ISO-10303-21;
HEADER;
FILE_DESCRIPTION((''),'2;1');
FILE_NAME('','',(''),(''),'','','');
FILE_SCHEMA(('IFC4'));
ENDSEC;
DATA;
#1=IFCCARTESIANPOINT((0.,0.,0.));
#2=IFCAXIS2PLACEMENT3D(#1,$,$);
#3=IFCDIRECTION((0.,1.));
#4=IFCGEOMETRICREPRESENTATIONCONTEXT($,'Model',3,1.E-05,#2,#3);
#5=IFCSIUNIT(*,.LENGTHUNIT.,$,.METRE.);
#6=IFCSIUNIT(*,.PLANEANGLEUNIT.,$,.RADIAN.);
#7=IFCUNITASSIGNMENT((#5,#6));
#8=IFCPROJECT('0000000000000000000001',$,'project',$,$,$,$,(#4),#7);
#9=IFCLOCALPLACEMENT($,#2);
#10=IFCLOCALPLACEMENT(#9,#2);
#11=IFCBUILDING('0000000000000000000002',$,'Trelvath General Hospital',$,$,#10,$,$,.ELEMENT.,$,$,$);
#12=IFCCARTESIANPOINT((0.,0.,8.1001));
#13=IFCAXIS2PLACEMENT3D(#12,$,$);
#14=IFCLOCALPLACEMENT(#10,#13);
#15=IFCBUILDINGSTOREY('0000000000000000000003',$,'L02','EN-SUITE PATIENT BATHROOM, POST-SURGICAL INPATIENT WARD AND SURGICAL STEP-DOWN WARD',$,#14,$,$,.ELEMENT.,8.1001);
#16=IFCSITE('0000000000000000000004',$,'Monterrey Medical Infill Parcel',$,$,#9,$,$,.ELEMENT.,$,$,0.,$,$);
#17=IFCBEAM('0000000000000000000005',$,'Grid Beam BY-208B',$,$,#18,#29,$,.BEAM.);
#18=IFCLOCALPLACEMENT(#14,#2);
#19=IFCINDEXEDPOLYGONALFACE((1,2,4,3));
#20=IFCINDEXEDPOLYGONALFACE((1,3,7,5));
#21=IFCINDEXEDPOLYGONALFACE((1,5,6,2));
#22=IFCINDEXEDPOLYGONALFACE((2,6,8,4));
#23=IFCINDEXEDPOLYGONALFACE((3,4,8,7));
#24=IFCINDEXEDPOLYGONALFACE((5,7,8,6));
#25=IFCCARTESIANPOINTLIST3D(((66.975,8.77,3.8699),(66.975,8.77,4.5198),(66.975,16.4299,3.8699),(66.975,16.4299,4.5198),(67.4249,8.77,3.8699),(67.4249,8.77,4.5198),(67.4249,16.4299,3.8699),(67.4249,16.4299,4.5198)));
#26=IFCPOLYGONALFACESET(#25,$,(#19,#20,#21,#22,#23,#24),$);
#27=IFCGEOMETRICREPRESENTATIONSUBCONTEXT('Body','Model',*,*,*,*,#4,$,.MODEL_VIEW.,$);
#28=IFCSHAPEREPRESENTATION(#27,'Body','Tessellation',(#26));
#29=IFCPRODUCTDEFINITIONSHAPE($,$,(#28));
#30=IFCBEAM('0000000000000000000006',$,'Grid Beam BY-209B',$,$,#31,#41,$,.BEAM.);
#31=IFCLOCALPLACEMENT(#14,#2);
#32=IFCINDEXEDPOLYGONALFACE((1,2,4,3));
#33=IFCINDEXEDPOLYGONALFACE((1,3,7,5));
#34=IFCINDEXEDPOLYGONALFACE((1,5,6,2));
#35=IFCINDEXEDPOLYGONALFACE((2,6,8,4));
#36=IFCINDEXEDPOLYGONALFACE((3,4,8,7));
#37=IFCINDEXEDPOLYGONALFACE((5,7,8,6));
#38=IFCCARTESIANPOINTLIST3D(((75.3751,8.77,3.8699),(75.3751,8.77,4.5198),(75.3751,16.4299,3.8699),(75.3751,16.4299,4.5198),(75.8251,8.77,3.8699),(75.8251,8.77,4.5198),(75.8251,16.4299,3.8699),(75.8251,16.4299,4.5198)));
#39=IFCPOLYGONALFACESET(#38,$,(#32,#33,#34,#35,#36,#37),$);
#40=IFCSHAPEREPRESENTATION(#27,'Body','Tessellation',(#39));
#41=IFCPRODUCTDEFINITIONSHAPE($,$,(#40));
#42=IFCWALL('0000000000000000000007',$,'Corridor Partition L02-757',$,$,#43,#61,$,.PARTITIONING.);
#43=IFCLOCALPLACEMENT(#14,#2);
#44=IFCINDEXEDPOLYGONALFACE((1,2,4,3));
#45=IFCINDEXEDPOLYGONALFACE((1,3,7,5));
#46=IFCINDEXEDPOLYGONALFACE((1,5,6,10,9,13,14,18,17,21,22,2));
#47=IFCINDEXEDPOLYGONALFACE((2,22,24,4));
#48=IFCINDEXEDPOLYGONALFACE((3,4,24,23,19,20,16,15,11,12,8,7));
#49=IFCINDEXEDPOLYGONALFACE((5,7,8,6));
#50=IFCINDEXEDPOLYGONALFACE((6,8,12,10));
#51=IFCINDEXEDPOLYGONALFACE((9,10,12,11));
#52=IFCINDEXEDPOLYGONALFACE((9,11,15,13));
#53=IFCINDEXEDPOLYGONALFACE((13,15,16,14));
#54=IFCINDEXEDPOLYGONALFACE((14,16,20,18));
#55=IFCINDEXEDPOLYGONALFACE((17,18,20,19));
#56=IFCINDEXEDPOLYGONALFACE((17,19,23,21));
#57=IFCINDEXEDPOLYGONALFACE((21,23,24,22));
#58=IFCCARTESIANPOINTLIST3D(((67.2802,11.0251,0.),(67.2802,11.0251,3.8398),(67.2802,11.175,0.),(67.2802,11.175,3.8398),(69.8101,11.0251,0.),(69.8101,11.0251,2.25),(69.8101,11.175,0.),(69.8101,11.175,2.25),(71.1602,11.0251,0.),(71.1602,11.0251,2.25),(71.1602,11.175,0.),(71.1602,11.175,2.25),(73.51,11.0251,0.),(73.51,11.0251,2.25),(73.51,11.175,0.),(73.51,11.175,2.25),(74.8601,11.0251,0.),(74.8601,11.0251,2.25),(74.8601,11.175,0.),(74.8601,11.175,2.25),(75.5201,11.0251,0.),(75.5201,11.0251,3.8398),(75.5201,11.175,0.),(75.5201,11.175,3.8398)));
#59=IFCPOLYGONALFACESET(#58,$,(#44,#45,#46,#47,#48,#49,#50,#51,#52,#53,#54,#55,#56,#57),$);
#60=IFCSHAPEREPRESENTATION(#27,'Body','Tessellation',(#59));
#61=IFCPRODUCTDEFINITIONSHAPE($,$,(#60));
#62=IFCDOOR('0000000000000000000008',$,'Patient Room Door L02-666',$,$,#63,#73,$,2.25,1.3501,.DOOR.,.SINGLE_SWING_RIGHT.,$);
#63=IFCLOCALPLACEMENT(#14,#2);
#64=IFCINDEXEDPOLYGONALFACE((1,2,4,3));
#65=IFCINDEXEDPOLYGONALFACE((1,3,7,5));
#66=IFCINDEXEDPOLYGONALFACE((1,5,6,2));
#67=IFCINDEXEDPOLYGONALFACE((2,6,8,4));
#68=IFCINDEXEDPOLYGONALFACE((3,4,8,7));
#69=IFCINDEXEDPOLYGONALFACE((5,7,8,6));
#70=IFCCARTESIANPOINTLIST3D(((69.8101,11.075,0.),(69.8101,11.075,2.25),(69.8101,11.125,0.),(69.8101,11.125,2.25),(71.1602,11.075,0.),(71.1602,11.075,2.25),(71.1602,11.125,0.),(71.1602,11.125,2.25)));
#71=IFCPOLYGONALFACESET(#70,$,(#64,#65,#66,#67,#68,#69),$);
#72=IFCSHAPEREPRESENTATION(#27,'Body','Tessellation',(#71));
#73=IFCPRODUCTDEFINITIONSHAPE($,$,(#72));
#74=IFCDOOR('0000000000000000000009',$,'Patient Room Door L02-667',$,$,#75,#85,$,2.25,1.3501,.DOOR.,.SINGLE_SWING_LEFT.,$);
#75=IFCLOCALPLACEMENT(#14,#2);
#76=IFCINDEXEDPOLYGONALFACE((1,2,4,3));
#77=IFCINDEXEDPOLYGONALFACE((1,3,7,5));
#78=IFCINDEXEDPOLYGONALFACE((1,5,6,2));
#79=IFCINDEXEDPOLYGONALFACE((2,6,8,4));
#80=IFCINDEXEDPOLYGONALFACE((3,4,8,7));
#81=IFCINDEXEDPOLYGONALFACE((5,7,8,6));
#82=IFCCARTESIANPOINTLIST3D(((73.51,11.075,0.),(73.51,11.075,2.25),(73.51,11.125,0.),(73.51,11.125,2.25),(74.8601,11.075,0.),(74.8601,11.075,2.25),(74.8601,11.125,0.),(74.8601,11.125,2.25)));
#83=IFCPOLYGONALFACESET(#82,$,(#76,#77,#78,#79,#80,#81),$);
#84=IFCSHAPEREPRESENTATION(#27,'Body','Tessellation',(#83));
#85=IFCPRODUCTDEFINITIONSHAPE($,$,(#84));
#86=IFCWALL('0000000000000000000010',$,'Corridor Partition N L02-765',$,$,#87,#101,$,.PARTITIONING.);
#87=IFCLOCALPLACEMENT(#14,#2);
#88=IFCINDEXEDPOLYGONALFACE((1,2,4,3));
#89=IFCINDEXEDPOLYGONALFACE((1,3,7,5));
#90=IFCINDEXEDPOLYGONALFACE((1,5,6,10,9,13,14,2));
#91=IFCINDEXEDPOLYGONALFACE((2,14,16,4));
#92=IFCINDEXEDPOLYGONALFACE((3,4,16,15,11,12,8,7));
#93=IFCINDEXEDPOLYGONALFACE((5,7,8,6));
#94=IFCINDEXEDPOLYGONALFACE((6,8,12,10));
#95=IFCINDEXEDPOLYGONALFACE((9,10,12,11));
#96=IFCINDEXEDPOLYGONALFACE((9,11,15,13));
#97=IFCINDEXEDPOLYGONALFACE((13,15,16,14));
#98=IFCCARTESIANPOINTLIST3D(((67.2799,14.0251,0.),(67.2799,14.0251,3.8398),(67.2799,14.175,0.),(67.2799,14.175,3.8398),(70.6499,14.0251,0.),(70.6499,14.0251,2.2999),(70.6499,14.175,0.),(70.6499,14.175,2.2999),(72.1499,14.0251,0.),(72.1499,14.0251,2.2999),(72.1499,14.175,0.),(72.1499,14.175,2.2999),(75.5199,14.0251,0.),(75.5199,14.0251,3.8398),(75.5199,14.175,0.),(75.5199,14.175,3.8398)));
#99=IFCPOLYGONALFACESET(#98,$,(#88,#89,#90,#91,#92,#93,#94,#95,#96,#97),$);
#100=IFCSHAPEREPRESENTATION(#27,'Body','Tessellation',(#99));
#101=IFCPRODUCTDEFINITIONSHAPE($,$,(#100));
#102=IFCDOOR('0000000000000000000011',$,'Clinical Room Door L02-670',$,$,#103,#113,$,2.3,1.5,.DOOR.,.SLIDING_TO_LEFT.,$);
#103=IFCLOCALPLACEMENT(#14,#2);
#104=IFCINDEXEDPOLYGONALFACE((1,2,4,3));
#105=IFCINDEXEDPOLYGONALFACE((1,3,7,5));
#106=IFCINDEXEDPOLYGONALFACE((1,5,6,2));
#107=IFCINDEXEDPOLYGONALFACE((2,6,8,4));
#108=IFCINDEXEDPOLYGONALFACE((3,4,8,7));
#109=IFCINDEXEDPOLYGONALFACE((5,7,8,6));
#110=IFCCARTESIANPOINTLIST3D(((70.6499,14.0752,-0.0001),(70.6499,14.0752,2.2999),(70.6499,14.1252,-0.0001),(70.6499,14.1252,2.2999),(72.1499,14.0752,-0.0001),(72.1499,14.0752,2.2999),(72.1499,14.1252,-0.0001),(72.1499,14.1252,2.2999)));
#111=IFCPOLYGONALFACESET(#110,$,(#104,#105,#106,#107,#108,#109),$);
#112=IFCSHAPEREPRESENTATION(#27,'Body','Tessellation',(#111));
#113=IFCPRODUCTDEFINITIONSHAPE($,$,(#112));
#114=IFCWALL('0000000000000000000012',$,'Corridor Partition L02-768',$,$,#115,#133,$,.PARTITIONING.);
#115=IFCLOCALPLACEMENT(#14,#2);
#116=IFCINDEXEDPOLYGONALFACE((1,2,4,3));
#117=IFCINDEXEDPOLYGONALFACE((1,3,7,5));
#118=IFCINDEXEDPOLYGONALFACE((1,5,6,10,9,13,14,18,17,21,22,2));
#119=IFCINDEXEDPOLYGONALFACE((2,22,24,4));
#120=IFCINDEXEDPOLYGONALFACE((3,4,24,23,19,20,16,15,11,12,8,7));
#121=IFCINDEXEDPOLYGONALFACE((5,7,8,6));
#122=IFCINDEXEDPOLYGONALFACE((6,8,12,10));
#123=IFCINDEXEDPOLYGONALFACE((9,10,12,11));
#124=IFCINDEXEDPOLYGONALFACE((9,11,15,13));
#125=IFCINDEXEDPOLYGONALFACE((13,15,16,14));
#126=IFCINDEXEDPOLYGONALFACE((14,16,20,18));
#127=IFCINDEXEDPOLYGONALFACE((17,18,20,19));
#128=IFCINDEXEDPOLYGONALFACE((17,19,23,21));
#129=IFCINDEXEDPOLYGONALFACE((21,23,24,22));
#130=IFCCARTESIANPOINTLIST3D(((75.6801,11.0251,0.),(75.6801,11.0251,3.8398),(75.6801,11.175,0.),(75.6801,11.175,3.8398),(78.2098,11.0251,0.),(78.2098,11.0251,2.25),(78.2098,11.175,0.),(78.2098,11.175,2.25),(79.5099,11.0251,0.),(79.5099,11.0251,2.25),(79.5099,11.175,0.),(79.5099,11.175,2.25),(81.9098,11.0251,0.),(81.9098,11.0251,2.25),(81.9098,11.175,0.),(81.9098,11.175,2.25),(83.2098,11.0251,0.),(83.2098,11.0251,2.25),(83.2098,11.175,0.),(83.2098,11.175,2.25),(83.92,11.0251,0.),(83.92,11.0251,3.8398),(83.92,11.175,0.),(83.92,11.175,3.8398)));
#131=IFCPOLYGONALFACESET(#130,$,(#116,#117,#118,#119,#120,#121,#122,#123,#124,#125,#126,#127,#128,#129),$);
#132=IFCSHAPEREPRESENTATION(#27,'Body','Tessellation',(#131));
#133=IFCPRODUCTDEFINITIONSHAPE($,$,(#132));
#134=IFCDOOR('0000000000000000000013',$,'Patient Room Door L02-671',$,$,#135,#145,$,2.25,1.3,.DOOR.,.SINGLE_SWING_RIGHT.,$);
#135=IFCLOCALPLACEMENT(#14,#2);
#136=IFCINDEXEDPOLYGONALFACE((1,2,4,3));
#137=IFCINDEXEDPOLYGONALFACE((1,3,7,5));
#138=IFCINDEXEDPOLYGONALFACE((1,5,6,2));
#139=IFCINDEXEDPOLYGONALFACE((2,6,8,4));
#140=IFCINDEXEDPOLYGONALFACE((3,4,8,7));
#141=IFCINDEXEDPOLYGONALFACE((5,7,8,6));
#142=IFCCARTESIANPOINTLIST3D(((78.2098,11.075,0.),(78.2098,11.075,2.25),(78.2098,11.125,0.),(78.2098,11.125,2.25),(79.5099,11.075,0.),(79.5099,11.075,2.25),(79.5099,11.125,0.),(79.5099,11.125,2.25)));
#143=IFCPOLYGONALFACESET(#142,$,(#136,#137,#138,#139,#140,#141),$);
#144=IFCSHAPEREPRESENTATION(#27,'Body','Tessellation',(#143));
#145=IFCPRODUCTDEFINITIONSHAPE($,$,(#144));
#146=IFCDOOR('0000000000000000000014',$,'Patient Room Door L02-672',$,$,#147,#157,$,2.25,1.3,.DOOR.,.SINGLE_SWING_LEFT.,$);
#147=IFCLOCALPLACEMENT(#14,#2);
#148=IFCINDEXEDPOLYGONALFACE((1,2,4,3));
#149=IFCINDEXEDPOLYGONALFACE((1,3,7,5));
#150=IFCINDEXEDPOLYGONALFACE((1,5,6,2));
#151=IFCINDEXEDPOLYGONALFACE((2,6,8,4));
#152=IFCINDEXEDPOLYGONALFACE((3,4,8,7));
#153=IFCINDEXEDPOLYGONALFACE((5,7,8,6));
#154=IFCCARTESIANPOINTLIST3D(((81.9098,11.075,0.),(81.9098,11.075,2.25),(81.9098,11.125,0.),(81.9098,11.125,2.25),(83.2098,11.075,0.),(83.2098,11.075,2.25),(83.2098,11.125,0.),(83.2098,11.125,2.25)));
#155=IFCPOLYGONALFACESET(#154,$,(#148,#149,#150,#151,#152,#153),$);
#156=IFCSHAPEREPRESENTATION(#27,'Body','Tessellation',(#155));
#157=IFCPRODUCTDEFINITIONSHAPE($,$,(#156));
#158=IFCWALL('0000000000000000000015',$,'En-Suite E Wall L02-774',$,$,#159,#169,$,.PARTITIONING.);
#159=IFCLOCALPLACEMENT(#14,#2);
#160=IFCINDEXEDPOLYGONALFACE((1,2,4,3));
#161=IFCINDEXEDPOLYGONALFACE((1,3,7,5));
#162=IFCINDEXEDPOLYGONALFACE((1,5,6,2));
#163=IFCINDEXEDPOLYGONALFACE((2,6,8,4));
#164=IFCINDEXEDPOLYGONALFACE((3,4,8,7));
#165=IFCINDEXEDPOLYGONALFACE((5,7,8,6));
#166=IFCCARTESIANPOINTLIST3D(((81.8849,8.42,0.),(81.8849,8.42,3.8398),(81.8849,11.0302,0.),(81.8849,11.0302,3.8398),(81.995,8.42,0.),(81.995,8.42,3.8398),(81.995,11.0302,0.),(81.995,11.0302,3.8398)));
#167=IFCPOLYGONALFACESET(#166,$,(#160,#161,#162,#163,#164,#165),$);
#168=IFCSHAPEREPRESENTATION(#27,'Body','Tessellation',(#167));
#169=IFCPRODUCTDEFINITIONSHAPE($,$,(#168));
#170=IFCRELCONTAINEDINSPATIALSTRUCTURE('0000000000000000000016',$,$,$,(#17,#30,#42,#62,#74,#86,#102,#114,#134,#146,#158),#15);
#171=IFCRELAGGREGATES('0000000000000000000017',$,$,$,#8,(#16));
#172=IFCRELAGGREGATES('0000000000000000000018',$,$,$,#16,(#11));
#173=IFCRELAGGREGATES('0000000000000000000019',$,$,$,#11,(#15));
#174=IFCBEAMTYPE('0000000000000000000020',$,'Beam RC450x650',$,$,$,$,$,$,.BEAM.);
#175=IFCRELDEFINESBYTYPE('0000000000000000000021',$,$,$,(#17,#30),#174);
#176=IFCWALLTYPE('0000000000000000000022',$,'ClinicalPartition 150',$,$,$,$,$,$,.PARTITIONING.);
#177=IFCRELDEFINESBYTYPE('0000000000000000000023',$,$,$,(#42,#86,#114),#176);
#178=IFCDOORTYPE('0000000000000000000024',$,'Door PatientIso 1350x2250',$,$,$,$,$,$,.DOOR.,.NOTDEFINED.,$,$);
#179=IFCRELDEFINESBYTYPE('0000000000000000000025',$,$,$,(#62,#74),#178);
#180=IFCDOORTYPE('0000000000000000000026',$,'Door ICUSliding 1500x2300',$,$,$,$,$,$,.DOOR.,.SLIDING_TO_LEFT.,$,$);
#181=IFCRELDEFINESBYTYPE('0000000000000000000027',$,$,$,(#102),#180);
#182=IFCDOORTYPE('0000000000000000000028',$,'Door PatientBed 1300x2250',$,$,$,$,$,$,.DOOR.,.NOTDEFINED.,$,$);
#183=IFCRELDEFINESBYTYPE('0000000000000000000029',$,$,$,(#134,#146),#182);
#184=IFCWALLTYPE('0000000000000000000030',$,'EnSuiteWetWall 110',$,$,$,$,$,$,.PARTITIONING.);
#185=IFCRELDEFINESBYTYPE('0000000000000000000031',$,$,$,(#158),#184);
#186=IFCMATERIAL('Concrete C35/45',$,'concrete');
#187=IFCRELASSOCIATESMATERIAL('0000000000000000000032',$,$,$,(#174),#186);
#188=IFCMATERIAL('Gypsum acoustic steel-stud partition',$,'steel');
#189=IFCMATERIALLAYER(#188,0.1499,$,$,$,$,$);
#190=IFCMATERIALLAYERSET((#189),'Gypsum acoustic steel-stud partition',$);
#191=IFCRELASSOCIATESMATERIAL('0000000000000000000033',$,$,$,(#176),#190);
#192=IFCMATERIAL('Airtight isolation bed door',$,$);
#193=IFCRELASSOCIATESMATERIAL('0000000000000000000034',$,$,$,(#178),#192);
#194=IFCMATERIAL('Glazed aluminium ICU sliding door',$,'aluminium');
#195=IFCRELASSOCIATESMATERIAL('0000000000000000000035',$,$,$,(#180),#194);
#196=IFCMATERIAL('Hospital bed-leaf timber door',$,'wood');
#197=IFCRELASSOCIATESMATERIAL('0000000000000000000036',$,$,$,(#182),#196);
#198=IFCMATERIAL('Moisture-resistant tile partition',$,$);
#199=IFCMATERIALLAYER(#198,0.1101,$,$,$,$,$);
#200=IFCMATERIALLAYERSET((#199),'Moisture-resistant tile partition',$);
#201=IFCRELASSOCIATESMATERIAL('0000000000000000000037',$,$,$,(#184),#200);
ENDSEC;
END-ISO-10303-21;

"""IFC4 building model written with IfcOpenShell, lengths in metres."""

from ifc_helpers import new_model, si_unit, direction, frame, frame_2d, origin, origin_2d, place, context, subcontext, project, spatial, rectangle, extrude, material, layer, layer_set, material_profile, profile_set, type_object, element, fill, save


model = new_model("IFC4")

# Units and contexts
model_context = context("Model", 3, precision=1e-05, world=origin(), true_north=direction((0.0, 1.0)))
body_context = subcontext(model_context, "Body", "Model", "MODEL_VIEW")
ifc_project = project(units=[si_unit("LENGTHUNIT", "METRE"), si_unit("PLANEANGLEUNIT", "RADIAN")], contexts=[model_context])

# Site, building, storey
site_placement = place(None, origin())
site = spatial("IfcSite", under=ifc_project, at=site_placement, Name="Monterrey Medical Infill Parcel", CompositionType="ELEMENT", RefElevation=0.0)
building_placement = place(site_placement, origin())
building = spatial("IfcBuilding", under=site, at=building_placement, Name="Trelvath General Hospital", CompositionType="ELEMENT")
storey_placement = place(building_placement, frame((0.0, 0.0, 8.1001)))
storey = spatial("IfcBuildingStorey", under=building, at=storey_placement, Name="L02", Description="EN-SUITE PATIENT BATHROOM, POST-SURGICAL INPATIENT WARD AND SURGICAL STEP-DOWN WARD", CompositionType="ELEMENT", Elevation=8.1001)

# Beams
ifc_material_1 = material(Name="Concrete C35/45", Category="concrete")
ifc_material_profile = material_profile(ifc_material_1, rectangle(XDim=0.45, YDim=0.6499, at=origin_2d()), Name="RCB450x650")
ifc_profile_set = profile_set([ifc_material_profile], Name="Concrete C35/45")
beam_type = type_object("IfcBeamType", Name="Beam RC450x650", PredefinedType="BEAM", material=ifc_profile_set)
for number, where, z_axis, x_axis, name in (
    (1, (67.2, 8.77, 4.1948), (0.0, 1.0, 0.0), (-1.0, 0.0, 0.0), "Grid Beam BY-208B"),
    (2, (75.6001, 8.77, 4.1948), (0.0, 1.0, 0.0), (-1.0, 0.0, 0.0), "Grid Beam BY-209B"),
):
    element("IfcBeam", number, at=place(storey_placement, frame(where, z_axis=z_axis, x_axis=x_axis)), inside=storey, type_object=beam_type, Name=name, PredefinedType="BEAM", context=body_context, shape_type="SweptSolid", body=[
        extrude(rectangle(XDim=0.45, YDim=0.6499, at=origin_2d()), origin(), (0.0, 0.0, 1.0), 7.6599),
    ])

# Wall, openings, doors
ifc_material_2 = material(Name="Gypsum acoustic steel-stud partition", Category="steel")
ifc_layer_1 = layer(ifc_material_2, 0.1499)
ifc_layer_set_1 = layer_set([ifc_layer_1], Name="Gypsum acoustic steel-stud partition")
wall_type_1 = type_object("IfcWallType", Name="ClinicalPartition 150", PredefinedType="PARTITIONING", material=ifc_layer_set_1)
wall_1_placement = place(storey_placement, frame((67.28, 11.1001, 0.0), z_axis=(0.0, 0.0, 1.0), x_axis=(1.0, 0.0, 0.0)))
wall_1 = element("IfcWall", 3, at=wall_1_placement, inside=storey, type_object=wall_type_1, Name="Corridor Partition L02-757", PredefinedType="PARTITIONING", context=body_context, shape_type="SweptSolid", body=[
    extrude(rectangle(XDim=8.24, YDim=0.1499, at=frame_2d((4.1201, 0.0))), origin(), (0.0, 0.0, 1.0), 3.8398),
])
opening_1_placement = place(wall_1_placement, frame((2.53, 0.0, 0.0)))
opening_1 = element("IfcOpeningElement", 4, at=opening_1_placement, cuts=wall_1, PredefinedType="OPENING", context=body_context, shape_type="SweptSolid", body=[
    extrude(rectangle(XDim=1.3501, YDim=2.25, at=frame_2d((0.675, 1.125))), frame((0.0, 0.085, 0.0), z_axis=(0.0, -1.0, 0.0), x_axis=(1.0, 0.0, 0.0)), (0.0, 0.0, 1.0), 0.1699),
])
opening_2_placement = place(wall_1_placement, frame((6.23, 0.0, 0.0)))
opening_2 = element("IfcOpeningElement", 5, at=opening_2_placement, cuts=wall_1, PredefinedType="OPENING", context=body_context, shape_type="SweptSolid", body=[
    extrude(rectangle(XDim=1.3501, YDim=2.25, at=frame_2d((0.675, 1.125))), frame((0.0, 0.085, 0.0), z_axis=(0.0, -1.0, 0.0), x_axis=(1.0, 0.0, 0.0)), (0.0, 0.0, 1.0), 0.1699),
])
ifc_material_3 = material(Name="Airtight isolation bed door")
door_type_1 = type_object("IfcDoorType", Name="Door PatientIso 1350x2250", OperationType="NOTDEFINED", PredefinedType="DOOR", material=ifc_material_3)
door_1_placement = place(opening_1_placement, origin())
door_1 = element("IfcDoor", 6, at=door_1_placement, inside=storey, type_object=door_type_1, Name="Patient Room Door L02-666", OperationType="SINGLE_SWING_RIGHT", OverallHeight=2.25, OverallWidth=1.3501, PredefinedType="DOOR", context=body_context, shape_type="SweptSolid", body=[
    extrude(rectangle(XDim=1.3501, YDim=2.25, at=frame_2d((0.675, 1.125))), frame((0.0, 0.0249, 0.0), z_axis=(0.0, -1.0, 0.0), x_axis=(1.0, 0.0, 0.0)), (0.0, 0.0, 1.0), 0.05),
])
fill(opening_1, door_1)
door_2_placement = place(opening_2_placement, origin())
door_2 = element("IfcDoor", 7, at=door_2_placement, inside=storey, type_object=door_type_1, Name="Patient Room Door L02-667", OperationType="SINGLE_SWING_LEFT", OverallHeight=2.25, OverallWidth=1.3501, PredefinedType="DOOR", context=body_context, shape_type="SweptSolid", body=[
    extrude(rectangle(XDim=1.3501, YDim=2.25, at=frame_2d((0.675, 1.125))), frame((0.0, 0.0249, 0.0), z_axis=(0.0, -1.0, 0.0), x_axis=(1.0, 0.0, 0.0)), (0.0, 0.0, 1.0), 0.05),
])
fill(opening_2, door_2)

# Wall, opening, door
wall_2_placement = place(storey_placement, frame((75.52, 14.1001, 0.0), z_axis=(0.0, 0.0, 1.0), x_axis=(-1.0, 0.0, 0.0)))
wall_2 = element("IfcWall", 8, at=wall_2_placement, inside=storey, type_object=wall_type_1, Name="Corridor Partition N L02-765", PredefinedType="PARTITIONING", context=body_context, shape_type="SweptSolid", body=[
    extrude(rectangle(XDim=8.24, YDim=0.1499, at=frame_2d((4.1201, 0.0))), origin(), (0.0, 0.0, 1.0), 3.8398),
])
opening_3_placement = place(wall_2_placement, frame((3.3701, 0.0, 0.0)))
opening_3 = element("IfcOpeningElement", 9, at=opening_3_placement, cuts=wall_2, PredefinedType="OPENING", context=body_context, shape_type="SweptSolid", body=[
    extrude(rectangle(XDim=1.5, YDim=2.3, at=frame_2d((0.75, 1.1499))), frame((0.0, 0.085, 0.0), z_axis=(0.0, -1.0, 0.0), x_axis=(1.0, 0.0, 0.0)), (0.0, 0.0, 1.0), 0.1699),
])
ifc_material_4 = material(Name="Glazed aluminium ICU sliding door", Category="aluminium")
door_type_2 = type_object("IfcDoorType", Name="Door ICUSliding 1500x2300", OperationType="SLIDING_TO_LEFT", PredefinedType="DOOR", material=ifc_material_4)
door_3_placement = place(opening_3_placement, origin())
door_3 = element("IfcDoor", 10, at=door_3_placement, inside=storey, type_object=door_type_2, Name="Clinical Room Door L02-670", OperationType="SLIDING_TO_LEFT", OverallHeight=2.3, OverallWidth=1.5, PredefinedType="DOOR", context=body_context, shape_type="SweptSolid", body=[
    extrude(rectangle(XDim=1.5, YDim=2.3, at=frame_2d((0.75, 1.1499))), frame((0.0, 0.0249, 0.0), z_axis=(0.0, -1.0, 0.0), x_axis=(1.0, 0.0, 0.0)), (0.0, 0.0, 1.0), 0.05),
])
fill(opening_3, door_3)

# Wall, openings, doors
wall_3_placement = place(storey_placement, frame((75.6799, 11.1001, 0.0), z_axis=(0.0, 0.0, 1.0), x_axis=(1.0, 0.0, 0.0)))
wall_3 = element("IfcWall", 11, at=wall_3_placement, inside=storey, type_object=wall_type_1, Name="Corridor Partition L02-768", PredefinedType="PARTITIONING", context=body_context, shape_type="SweptSolid", body=[
    extrude(rectangle(XDim=8.24, YDim=0.1499, at=frame_2d((4.1201, 0.0))), origin(), (0.0, 0.0, 1.0), 3.8398),
])
opening_4_placement = place(wall_3_placement, frame((2.53, 0.0, 0.0)))
opening_4 = element("IfcOpeningElement", 12, at=opening_4_placement, cuts=wall_3, PredefinedType="OPENING", context=body_context, shape_type="SweptSolid", body=[
    extrude(rectangle(XDim=1.3, YDim=2.25, at=frame_2d((0.6499, 1.125))), frame((0.0, 0.085, 0.0), z_axis=(0.0, -1.0, 0.0), x_axis=(1.0, 0.0, 0.0)), (0.0, 0.0, 1.0), 0.1699),
])
opening_5_placement = place(wall_3_placement, frame((6.23, 0.0, 0.0)))
opening_5 = element("IfcOpeningElement", 13, at=opening_5_placement, cuts=wall_3, PredefinedType="OPENING", context=body_context, shape_type="SweptSolid", body=[
    extrude(rectangle(XDim=1.3, YDim=2.25, at=frame_2d((0.6499, 1.125))), frame((0.0, 0.085, 0.0), z_axis=(0.0, -1.0, 0.0), x_axis=(1.0, 0.0, 0.0)), (0.0, 0.0, 1.0), 0.1699),
])
ifc_material_5 = material(Name="Hospital bed-leaf timber door", Category="wood")
door_type_3 = type_object("IfcDoorType", Name="Door PatientBed 1300x2250", OperationType="NOTDEFINED", PredefinedType="DOOR", material=ifc_material_5)
door_4_placement = place(opening_4_placement, origin())
door_4 = element("IfcDoor", 14, at=door_4_placement, inside=storey, type_object=door_type_3, Name="Patient Room Door L02-671", OperationType="SINGLE_SWING_RIGHT", OverallHeight=2.25, OverallWidth=1.3, PredefinedType="DOOR", context=body_context, shape_type="SweptSolid", body=[
    extrude(rectangle(XDim=1.3, YDim=2.25, at=frame_2d((0.6499, 1.125))), frame((0.0, 0.0249, 0.0), z_axis=(0.0, -1.0, 0.0), x_axis=(1.0, 0.0, 0.0)), (0.0, 0.0, 1.0), 0.05),
])
fill(opening_4, door_4)
door_5_placement = place(opening_5_placement, origin())
door_5 = element("IfcDoor", 15, at=door_5_placement, inside=storey, type_object=door_type_3, Name="Patient Room Door L02-672", OperationType="SINGLE_SWING_LEFT", OverallHeight=2.25, OverallWidth=1.3, PredefinedType="DOOR", context=body_context, shape_type="SweptSolid", body=[
    extrude(rectangle(XDim=1.3, YDim=2.25, at=frame_2d((0.6499, 1.125))), frame((0.0, 0.0249, 0.0), z_axis=(0.0, -1.0, 0.0), x_axis=(1.0, 0.0, 0.0)), (0.0, 0.0, 1.0), 0.05),
])
fill(opening_5, door_5)

# Wall
ifc_material_6 = material(Name="Moisture-resistant tile partition")
ifc_layer_2 = layer(ifc_material_6, 0.1101)
ifc_layer_set_2 = layer_set([ifc_layer_2], Name="Moisture-resistant tile partition")
wall_type_2 = type_object("IfcWallType", Name="EnSuiteWetWall 110", PredefinedType="PARTITIONING", material=ifc_layer_set_2)
wall_4_placement = place(storey_placement, frame((81.9399, 8.4199, 0.0), z_axis=(0.0, 0.0, 1.0), x_axis=(0.0, 1.0, 0.0)))
element("IfcWall", 16, at=wall_4_placement, inside=storey, type_object=wall_type_2, Name="En-Suite E Wall L02-774", PredefinedType="PARTITIONING", context=body_context, shape_type="SweptSolid", body=[
    extrude(rectangle(XDim=2.6101, YDim=0.1101, at=frame_2d((1.3052, 0.0))), origin(), (0.0, 0.0, 1.0), 3.8398),
])

save(model, "model.ifc")
